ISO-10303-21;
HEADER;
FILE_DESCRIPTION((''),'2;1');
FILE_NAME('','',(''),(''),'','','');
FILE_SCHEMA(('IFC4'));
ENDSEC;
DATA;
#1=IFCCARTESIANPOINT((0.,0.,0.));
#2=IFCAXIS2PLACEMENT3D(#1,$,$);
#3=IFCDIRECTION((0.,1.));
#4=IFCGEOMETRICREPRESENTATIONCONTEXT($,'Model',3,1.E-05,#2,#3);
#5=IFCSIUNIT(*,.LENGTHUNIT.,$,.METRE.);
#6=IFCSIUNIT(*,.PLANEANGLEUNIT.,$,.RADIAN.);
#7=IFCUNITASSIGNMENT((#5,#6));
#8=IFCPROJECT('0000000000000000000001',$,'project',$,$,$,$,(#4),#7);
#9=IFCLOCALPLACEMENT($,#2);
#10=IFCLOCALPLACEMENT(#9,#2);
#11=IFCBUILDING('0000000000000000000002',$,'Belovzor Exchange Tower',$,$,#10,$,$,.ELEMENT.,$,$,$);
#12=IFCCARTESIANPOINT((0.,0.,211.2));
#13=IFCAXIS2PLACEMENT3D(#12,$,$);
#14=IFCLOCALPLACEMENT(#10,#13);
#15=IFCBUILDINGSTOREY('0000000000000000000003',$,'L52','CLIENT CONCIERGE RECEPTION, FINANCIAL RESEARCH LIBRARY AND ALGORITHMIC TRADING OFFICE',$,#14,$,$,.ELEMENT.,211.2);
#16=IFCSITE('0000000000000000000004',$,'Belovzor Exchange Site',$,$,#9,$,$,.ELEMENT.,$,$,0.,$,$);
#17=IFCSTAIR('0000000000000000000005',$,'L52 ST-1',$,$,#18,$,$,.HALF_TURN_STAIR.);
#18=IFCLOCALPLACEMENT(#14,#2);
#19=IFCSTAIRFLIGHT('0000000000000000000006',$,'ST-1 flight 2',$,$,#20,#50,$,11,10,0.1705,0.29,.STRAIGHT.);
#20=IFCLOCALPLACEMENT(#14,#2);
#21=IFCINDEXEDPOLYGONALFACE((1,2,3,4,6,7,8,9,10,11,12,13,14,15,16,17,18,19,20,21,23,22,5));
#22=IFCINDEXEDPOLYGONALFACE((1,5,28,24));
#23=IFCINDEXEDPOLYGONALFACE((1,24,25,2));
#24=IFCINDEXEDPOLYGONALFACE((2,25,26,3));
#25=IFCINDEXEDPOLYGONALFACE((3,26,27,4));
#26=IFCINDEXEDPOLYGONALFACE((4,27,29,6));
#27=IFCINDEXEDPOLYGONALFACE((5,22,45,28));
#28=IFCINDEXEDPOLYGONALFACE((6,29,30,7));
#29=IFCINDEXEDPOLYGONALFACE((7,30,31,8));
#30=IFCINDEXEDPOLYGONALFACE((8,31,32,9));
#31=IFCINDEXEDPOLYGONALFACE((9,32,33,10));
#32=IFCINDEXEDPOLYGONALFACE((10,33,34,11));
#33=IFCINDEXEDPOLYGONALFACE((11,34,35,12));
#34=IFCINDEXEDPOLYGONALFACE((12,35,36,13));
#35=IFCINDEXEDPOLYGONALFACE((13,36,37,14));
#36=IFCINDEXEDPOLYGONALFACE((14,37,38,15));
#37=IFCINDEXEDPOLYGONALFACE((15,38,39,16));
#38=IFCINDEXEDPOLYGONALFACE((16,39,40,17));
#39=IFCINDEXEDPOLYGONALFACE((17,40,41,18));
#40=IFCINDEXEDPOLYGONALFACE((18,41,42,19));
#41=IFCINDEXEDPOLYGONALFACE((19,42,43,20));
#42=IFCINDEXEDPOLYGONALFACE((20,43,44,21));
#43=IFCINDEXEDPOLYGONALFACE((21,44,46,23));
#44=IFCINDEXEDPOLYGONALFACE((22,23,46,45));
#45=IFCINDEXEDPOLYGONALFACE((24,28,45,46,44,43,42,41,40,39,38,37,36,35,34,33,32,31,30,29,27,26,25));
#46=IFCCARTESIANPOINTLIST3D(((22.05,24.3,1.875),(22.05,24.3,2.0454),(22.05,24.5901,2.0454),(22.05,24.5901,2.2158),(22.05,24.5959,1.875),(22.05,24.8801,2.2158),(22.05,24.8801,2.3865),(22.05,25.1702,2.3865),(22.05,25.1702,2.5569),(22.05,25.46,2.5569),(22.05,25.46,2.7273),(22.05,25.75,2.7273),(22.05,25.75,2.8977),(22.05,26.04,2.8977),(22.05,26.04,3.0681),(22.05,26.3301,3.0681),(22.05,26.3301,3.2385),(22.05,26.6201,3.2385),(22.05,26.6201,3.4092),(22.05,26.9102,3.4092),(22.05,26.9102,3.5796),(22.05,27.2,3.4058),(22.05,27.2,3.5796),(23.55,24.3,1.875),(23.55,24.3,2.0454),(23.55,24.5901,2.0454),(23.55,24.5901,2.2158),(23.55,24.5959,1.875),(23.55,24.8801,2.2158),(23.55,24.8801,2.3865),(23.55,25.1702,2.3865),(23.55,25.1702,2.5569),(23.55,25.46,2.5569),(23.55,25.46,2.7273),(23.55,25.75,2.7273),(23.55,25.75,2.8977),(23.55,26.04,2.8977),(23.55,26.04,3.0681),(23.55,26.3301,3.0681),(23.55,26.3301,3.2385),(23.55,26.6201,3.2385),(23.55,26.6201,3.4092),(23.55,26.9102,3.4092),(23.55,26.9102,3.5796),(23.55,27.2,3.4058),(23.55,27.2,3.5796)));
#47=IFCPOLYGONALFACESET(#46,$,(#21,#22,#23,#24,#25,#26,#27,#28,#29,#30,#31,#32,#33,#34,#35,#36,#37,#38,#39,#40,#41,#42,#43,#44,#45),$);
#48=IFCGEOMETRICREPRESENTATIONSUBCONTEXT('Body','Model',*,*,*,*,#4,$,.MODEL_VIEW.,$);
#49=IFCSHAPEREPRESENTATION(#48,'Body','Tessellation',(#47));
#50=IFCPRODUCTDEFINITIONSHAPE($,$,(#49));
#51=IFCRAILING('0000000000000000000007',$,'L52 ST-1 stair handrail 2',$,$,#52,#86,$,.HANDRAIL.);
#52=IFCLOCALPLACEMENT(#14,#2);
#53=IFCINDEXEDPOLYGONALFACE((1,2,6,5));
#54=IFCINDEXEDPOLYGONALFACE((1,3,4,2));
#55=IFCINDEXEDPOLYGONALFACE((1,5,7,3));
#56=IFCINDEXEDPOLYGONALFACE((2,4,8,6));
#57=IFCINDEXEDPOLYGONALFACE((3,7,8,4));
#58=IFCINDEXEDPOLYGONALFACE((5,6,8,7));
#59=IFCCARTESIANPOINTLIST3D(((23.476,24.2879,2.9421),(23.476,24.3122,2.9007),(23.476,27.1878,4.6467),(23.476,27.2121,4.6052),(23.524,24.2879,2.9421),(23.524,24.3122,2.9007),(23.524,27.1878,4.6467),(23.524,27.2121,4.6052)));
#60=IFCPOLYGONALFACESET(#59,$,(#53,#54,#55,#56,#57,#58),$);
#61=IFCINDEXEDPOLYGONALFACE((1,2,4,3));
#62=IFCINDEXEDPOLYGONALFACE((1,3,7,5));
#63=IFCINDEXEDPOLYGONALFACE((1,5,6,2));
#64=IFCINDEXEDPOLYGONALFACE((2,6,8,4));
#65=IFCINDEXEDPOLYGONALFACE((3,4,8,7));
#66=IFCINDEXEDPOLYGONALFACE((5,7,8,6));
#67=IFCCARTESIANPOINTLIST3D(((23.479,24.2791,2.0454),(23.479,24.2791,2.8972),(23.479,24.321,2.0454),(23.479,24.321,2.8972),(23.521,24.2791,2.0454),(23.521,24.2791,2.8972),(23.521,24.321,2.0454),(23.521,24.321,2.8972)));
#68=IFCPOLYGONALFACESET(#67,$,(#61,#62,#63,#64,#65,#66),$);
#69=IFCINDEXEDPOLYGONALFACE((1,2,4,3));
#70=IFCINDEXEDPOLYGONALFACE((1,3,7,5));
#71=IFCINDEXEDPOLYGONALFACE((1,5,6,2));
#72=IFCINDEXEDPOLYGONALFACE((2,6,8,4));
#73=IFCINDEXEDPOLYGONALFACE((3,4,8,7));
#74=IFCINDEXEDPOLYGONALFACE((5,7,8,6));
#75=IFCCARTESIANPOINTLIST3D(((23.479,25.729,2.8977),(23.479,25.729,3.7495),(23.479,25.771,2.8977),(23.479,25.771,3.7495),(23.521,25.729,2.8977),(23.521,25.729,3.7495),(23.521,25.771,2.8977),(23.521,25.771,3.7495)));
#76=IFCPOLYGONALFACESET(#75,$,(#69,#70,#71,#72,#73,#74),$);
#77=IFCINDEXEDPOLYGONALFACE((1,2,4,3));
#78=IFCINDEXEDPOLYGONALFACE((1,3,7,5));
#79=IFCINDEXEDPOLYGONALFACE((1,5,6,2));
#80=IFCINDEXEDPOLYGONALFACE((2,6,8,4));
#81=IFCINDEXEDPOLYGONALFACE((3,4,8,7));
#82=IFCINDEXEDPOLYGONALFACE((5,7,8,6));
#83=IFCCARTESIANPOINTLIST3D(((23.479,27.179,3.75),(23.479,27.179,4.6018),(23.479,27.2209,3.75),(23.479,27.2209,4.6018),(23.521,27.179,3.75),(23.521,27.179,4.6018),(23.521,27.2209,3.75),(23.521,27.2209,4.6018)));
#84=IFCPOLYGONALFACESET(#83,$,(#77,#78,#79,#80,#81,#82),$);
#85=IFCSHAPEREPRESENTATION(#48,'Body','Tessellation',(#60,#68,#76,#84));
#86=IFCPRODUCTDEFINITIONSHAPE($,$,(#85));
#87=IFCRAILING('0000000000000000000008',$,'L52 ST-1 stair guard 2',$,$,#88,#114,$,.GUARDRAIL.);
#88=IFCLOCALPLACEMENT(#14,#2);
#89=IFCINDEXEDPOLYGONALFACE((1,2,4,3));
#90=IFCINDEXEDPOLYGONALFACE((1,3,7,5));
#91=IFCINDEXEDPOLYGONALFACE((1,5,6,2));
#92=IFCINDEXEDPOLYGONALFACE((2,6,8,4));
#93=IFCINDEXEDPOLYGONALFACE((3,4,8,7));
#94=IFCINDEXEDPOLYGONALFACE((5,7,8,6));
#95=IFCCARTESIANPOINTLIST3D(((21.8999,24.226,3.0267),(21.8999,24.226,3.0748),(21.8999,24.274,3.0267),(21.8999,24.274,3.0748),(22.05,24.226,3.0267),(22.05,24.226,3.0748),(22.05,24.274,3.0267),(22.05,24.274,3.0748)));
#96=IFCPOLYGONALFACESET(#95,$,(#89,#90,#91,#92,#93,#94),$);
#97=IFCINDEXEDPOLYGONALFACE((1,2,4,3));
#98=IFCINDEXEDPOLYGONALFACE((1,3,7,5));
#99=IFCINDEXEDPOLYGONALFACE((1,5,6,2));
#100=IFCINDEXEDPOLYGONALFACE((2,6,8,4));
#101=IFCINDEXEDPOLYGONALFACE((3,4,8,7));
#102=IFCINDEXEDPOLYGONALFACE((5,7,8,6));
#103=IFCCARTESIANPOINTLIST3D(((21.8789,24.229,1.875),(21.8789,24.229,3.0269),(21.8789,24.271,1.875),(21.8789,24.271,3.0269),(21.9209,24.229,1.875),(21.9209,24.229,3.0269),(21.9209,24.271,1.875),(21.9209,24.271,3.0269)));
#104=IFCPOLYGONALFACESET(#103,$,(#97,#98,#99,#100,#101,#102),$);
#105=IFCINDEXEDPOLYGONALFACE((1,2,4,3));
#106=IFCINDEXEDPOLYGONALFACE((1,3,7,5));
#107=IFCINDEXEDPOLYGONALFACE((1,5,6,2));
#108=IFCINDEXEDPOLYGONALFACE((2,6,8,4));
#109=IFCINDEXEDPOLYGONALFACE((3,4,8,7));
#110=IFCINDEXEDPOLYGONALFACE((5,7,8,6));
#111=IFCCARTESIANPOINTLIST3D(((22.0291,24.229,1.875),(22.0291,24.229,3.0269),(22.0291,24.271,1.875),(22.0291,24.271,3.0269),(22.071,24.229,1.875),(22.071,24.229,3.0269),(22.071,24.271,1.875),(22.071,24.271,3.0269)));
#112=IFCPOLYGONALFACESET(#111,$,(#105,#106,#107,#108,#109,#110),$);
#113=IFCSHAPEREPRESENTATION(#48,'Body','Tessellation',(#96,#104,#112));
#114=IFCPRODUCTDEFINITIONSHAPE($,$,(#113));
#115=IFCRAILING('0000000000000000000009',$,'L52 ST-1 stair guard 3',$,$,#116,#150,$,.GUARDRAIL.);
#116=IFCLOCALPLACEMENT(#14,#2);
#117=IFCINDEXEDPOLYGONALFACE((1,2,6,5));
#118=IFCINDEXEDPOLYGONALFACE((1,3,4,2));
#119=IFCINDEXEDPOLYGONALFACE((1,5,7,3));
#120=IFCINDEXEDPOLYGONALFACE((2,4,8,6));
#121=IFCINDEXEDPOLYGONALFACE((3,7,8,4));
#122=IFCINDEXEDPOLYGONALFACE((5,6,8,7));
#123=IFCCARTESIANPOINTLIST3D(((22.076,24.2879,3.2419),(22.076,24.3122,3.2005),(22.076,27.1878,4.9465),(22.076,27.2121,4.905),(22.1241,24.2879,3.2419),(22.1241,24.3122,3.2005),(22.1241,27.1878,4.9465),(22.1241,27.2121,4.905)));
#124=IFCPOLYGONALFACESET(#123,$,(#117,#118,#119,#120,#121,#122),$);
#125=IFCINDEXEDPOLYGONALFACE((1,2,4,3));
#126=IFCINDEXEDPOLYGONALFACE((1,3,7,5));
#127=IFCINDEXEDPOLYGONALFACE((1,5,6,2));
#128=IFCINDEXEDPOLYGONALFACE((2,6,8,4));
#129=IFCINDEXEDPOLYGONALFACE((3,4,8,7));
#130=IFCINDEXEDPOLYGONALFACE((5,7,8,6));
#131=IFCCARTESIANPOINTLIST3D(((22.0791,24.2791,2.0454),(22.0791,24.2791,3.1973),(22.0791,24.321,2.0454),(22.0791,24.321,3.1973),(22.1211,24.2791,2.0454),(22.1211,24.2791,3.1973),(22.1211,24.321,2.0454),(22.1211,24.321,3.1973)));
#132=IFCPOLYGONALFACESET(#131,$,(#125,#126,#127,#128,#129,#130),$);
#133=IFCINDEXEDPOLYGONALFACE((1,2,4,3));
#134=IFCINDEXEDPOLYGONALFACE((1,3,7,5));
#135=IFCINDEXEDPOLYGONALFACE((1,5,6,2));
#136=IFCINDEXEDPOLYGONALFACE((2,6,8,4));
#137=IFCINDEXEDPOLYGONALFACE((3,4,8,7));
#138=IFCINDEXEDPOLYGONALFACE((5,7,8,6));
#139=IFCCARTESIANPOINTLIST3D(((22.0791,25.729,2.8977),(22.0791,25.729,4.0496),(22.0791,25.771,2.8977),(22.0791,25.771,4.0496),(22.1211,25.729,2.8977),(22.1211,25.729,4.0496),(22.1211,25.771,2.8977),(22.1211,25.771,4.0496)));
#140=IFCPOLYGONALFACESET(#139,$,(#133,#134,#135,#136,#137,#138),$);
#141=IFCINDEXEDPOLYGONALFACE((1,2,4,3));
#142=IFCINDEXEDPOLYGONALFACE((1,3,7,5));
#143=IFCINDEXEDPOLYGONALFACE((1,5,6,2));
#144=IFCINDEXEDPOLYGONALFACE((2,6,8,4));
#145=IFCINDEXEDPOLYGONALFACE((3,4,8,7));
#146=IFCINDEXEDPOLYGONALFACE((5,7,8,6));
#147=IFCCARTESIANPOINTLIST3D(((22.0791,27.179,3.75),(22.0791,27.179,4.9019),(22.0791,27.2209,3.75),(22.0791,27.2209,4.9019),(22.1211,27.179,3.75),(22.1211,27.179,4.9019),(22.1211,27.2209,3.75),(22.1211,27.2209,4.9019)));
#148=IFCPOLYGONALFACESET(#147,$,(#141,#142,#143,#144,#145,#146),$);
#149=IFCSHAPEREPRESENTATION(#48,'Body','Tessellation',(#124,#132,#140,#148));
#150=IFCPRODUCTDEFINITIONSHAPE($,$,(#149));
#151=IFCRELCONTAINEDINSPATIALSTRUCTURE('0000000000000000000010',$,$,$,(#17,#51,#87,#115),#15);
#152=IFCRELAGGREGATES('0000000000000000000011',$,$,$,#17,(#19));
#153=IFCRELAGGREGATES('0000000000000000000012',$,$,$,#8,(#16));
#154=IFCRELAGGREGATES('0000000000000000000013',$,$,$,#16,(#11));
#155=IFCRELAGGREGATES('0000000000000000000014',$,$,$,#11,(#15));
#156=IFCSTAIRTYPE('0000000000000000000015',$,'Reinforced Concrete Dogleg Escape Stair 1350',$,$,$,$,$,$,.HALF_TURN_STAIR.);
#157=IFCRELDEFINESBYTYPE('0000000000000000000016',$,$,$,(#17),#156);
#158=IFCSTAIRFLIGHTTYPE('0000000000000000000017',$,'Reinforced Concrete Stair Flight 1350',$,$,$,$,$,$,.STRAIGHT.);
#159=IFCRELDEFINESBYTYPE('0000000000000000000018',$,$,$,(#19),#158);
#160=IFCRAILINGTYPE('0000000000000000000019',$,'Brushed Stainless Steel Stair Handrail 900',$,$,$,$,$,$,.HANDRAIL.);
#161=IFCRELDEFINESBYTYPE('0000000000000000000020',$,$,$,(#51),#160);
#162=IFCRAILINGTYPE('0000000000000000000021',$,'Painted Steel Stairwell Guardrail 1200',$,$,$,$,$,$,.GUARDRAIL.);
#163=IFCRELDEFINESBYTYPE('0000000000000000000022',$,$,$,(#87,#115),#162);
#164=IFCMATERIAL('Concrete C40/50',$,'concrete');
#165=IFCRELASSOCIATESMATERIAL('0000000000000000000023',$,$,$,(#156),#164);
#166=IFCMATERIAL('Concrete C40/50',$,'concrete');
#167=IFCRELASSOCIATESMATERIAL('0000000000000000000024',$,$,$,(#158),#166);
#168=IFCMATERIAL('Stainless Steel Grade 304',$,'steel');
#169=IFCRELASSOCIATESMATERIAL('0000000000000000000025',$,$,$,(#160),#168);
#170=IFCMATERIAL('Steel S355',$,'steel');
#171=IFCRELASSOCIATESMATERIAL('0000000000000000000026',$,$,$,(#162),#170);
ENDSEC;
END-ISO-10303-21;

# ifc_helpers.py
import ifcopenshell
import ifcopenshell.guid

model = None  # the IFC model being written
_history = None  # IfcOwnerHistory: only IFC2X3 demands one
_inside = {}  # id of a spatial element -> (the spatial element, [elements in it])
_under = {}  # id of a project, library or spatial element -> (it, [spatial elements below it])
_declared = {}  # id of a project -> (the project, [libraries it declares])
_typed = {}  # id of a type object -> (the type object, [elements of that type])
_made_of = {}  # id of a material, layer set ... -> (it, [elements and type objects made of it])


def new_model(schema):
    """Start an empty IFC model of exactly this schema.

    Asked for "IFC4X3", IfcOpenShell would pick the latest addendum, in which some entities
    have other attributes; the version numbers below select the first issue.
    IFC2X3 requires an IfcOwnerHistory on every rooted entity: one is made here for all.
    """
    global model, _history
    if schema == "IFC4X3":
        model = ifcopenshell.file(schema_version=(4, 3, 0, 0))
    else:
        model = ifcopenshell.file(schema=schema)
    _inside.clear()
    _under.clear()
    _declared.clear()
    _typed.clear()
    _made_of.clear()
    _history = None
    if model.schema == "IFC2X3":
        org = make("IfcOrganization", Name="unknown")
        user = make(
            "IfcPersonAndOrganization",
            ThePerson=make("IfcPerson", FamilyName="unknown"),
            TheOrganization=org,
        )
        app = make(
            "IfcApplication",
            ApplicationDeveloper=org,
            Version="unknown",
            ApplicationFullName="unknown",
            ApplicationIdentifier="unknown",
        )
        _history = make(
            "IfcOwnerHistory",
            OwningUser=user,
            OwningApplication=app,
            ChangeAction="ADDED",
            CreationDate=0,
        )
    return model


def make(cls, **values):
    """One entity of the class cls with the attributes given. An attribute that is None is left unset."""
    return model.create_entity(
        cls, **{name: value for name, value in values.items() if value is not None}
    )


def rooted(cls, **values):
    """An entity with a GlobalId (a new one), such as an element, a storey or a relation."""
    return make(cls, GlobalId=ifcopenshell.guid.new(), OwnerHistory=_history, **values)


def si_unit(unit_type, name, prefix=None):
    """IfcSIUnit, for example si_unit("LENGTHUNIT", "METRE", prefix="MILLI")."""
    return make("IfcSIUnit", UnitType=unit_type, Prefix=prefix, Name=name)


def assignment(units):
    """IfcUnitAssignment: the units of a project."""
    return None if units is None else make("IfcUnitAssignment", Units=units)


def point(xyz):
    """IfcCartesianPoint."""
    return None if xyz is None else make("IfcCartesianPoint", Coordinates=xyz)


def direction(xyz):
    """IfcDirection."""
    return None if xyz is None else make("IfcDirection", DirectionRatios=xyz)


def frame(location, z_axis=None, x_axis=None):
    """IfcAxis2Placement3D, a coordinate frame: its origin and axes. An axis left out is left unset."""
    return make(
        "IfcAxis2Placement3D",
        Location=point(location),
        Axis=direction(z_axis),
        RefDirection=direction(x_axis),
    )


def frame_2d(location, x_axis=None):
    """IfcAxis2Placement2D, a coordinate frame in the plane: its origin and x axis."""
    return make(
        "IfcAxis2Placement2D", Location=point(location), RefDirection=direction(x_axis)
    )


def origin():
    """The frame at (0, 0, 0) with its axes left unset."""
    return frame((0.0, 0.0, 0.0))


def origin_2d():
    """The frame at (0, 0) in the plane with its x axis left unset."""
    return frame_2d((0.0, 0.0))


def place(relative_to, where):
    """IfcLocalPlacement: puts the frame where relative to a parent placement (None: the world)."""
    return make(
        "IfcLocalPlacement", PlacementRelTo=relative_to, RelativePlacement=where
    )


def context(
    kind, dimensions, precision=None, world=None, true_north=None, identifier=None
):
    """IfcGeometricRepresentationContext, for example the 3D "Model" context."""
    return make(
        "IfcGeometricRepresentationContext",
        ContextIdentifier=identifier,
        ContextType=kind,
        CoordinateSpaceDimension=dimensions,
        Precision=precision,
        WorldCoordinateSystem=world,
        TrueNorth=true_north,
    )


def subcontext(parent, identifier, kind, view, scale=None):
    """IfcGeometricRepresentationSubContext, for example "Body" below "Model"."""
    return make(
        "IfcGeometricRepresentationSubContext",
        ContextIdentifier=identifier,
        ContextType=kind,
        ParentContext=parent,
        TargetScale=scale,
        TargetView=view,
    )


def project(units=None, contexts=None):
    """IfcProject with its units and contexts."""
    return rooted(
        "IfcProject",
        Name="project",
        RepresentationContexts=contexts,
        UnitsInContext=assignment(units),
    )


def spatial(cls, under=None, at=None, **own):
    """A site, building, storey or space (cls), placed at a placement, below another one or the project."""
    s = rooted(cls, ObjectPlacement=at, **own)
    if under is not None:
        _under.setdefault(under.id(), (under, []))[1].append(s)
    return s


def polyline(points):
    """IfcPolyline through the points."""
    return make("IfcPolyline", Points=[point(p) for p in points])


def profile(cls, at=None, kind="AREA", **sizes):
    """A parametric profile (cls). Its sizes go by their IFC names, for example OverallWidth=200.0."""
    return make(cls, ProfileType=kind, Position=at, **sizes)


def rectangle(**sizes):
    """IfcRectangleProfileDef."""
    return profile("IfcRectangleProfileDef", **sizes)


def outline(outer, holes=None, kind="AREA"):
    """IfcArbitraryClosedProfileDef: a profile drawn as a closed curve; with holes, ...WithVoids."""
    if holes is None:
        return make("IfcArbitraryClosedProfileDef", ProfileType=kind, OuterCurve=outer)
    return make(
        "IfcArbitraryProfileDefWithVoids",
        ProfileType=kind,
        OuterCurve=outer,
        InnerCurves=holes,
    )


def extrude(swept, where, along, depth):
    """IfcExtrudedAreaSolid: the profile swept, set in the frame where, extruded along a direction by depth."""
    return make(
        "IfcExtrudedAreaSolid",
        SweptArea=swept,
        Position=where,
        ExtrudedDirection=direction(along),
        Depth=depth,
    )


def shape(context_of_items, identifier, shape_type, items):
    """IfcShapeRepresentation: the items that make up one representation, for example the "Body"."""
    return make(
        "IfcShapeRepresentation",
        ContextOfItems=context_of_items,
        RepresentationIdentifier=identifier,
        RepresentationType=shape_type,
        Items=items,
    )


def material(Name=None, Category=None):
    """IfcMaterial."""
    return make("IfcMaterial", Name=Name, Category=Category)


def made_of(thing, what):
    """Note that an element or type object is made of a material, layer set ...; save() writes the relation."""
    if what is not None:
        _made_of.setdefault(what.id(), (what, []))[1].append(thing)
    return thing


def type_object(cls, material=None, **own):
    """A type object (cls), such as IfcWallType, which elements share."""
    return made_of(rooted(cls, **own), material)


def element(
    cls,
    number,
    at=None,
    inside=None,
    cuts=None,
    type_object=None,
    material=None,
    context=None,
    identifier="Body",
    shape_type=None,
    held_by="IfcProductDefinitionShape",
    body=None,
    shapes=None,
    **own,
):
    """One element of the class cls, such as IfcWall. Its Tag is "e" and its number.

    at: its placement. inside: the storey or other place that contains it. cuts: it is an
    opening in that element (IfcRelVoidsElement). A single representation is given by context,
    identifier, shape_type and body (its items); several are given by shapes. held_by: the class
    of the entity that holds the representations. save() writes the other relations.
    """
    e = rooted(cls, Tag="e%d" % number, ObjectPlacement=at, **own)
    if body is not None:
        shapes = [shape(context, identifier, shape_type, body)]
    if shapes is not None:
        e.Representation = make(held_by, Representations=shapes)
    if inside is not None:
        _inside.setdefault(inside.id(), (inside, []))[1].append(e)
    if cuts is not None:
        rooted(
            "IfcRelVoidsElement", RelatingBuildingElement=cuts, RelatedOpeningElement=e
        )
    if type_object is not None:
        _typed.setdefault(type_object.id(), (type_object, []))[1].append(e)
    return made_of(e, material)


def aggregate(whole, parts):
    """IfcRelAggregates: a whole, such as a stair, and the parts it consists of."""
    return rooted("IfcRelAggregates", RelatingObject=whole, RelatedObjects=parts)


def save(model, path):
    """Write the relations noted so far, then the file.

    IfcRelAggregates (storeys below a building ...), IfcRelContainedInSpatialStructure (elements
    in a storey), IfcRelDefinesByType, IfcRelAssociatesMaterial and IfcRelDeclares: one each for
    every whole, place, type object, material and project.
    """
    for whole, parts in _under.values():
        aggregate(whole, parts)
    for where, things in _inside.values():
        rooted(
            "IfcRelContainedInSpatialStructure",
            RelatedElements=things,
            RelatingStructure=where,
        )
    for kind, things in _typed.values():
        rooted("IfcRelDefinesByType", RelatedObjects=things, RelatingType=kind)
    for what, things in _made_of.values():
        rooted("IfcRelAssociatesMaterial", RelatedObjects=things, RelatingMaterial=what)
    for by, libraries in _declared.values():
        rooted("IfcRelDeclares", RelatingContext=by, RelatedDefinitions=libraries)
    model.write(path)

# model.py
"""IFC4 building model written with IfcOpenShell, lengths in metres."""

from ifc_helpers import new_model, si_unit, direction, frame, origin, origin_2d, place, context, subcontext, project, spatial, polyline, rectangle, outline, extrude, material, type_object, element, aggregate, save


model = new_model("IFC4")

# Units and contexts
model_context = context("Model", 3, precision=1e-05, world=origin(), true_north=direction((0.0, 1.0)))
body_context = subcontext(model_context, "Body", "Model", "MODEL_VIEW")
ifc_project = project(units=[si_unit("LENGTHUNIT", "METRE"), si_unit("PLANEANGLEUNIT", "RADIAN")], contexts=[model_context])

# Site, building, storey
site_placement = place(None, origin())
site = spatial("IfcSite", under=ifc_project, at=site_placement, Name="Belovzor Exchange Site", CompositionType="ELEMENT", RefElevation=0.0)
building_placement = place(site_placement, origin())
building = spatial("IfcBuilding", under=site, at=building_placement, Name="Belovzor Exchange Tower", CompositionType="ELEMENT")
storey_placement = place(building_placement, frame((0.0, 0.0, 211.2)))
storey = spatial("IfcBuildingStorey", under=building, at=storey_placement, Name="L52", Description="CLIENT CONCIERGE RECEPTION, FINANCIAL RESEARCH LIBRARY AND ALGORITHMIC TRADING OFFICE", CompositionType="ELEMENT", Elevation=211.2)

# Stair, stair flight
ifc_material_1 = material(Name="Concrete C40/50", Category="concrete")
stair_type = type_object("IfcStairType", Name="Reinforced Concrete Dogleg Escape Stair 1350", PredefinedType="HALF_TURN_STAIR", material=ifc_material_1)
stair_placement = place(storey_placement, origin())
stair = element("IfcStair", 1, at=stair_placement, inside=storey, type_object=stair_type, Name="L52 ST-1", PredefinedType="HALF_TURN_STAIR")
ifc_material_2 = material(Name="Concrete C40/50", Category="concrete")
stair_flight_type = type_object("IfcStairFlightType", Name="Reinforced Concrete Stair Flight 1350", PredefinedType="STRAIGHT", material=ifc_material_2)
stair_flight_placement = place(storey_placement, frame((22.8, 24.3, 1.875), z_axis=(0.0, 0.0, 1.0), x_axis=(0.0, 1.0, 0.0)))
stair_flight = element("IfcStairFlight", 2, at=stair_flight_placement, type_object=stair_flight_type, Name="ST-1 flight 2", NumberOfRisers=11, NumberOfTreads=10, PredefinedType="STRAIGHT", RiserHeight=0.1705, TreadLength=0.29, context=body_context, shape_type="SweptSolid", body=[
    extrude(outline(polyline([(0.0, 0.0), (0.0, 0.1704), (0.29, 0.1704), (0.29, 0.3408), (0.5801, 0.3408), (0.5801, 0.5115), (0.8701, 0.5115), (0.8701, 0.6819), (1.1599, 0.6819), (1.1599, 0.8523), (1.45, 0.8523), (1.45, 1.0227), (1.74, 1.0227), (1.74, 1.1931), (2.03, 1.1931), (2.03, 1.3635), (2.3201, 1.3635), (2.3201, 1.5342), (2.6101, 1.5342), (2.6101, 1.7046), (2.8999, 1.7046), (2.8999, 1.875), (2.8999, 1.5308), (0.2959, 0.0), (0.0, 0.0)])), frame((0.0, 0.75, 0.0), z_axis=(0.0, -1.0, 0.0), x_axis=(1.0, 0.0, 0.0)), (0.0, 0.0, 1.0), 1.5),
])
aggregate(stair, [stair_flight])

# Railings
ifc_material_3 = material(Name="Stainless Steel Grade 304", Category="steel")
railing_type_1 = type_object("IfcRailingType", Name="Brushed Stainless Steel Stair Handrail 900", PredefinedType="HANDRAIL", material=ifc_material_3)
railing_1_placement = place(storey_placement, frame((23.5, 24.3, 2.0454)))
element("IfcRailing", 3, at=railing_1_placement, inside=storey, type_object=railing_type_1, Name="L52 ST-1 stair handrail 2", PredefinedType="HANDRAIL", context=body_context, shape_type="SweptSolid", body=[
    extrude(rectangle(XDim=0.0481, YDim=0.0481, at=origin_2d()), frame((0.0, 0.0, 0.876), z_axis=(0.0, 0.862095, 0.506747), x_axis=(-1.0, 0.0, 0.0)), (0.0, 0.0, 1.0), 3.3638),
    extrude(rectangle(XDim=0.042, YDim=0.042, at=origin_2d()), origin(), (0.0, 0.0, 1.0), 0.8518),
    extrude(rectangle(XDim=0.042, YDim=0.042, at=origin_2d()), frame((0.0, 1.45, 0.8523)), (0.0, 0.0, 1.0), 0.8518),
    extrude(rectangle(XDim=0.042, YDim=0.042, at=origin_2d()), frame((0.0, 2.8999, 1.7046)), (0.0, 0.0, 1.0), 0.8518),
])
ifc_material_4 = material(Name="Steel S355", Category="steel")
railing_type_2 = type_object("IfcRailingType", Name="Painted Steel Stairwell Guardrail 1200", PredefinedType="GUARDRAIL", material=ifc_material_4)
railing_2_placement = place(storey_placement, frame((21.8999, 24.25, 1.875)))
element("IfcRailing", 4, at=railing_2_placement, inside=storey, type_object=railing_type_2, Name="L52 ST-1 stair guard 2", PredefinedType="GUARDRAIL", context=body_context, shape_type="SweptSolid", body=[
    extrude(rectangle(XDim=0.0481, YDim=0.0481, at=origin_2d()), frame((0.0, 0.0, 1.1758), z_axis=(1.0, 0.0, 0.0), x_axis=(0.0, 1.0, 0.0)), (0.0, 0.0, 1.0), 0.1501),
    extrude(rectangle(XDim=0.042, YDim=0.042, at=origin_2d()), origin(), (0.0, 0.0, 1.0), 1.1519),
    extrude(rectangle(XDim=0.042, YDim=0.042, at=origin_2d()), frame((0.1501, 0.0, 0.0)), (0.0, 0.0, 1.0), 1.1519),
])
railing_3_placement = place(storey_placement, frame((22.1001, 24.3, 2.0454)))
element("IfcRailing", 5, at=railing_3_placement, inside=storey, type_object=railing_type_2, Name="L52 ST-1 stair guard 3", PredefinedType="GUARDRAIL", context=body_context, shape_type="SweptSolid", body=[
    extrude(rectangle(XDim=0.0481, YDim=0.0481, at=origin_2d()), frame((0.0, 0.0, 1.1758), z_axis=(0.0, 0.862095, 0.506747), x_axis=(-1.0, 0.0, 0.0)), (0.0, 0.0, 1.0), 3.3638),
    extrude(rectangle(XDim=0.042, YDim=0.042, at=origin_2d()), origin(), (0.0, 0.0, 1.0), 1.1519),
    extrude(rectangle(XDim=0.042, YDim=0.042, at=origin_2d()), frame((0.0, 1.45, 0.8523)), (0.0, 0.0, 1.0), 1.1519),
    extrude(rectangle(XDim=0.042, YDim=0.042, at=origin_2d()), frame((0.0, 2.8999, 1.7046)), (0.0, 0.0, 1.0), 1.1519),
])

save(model, "model.ifc")
